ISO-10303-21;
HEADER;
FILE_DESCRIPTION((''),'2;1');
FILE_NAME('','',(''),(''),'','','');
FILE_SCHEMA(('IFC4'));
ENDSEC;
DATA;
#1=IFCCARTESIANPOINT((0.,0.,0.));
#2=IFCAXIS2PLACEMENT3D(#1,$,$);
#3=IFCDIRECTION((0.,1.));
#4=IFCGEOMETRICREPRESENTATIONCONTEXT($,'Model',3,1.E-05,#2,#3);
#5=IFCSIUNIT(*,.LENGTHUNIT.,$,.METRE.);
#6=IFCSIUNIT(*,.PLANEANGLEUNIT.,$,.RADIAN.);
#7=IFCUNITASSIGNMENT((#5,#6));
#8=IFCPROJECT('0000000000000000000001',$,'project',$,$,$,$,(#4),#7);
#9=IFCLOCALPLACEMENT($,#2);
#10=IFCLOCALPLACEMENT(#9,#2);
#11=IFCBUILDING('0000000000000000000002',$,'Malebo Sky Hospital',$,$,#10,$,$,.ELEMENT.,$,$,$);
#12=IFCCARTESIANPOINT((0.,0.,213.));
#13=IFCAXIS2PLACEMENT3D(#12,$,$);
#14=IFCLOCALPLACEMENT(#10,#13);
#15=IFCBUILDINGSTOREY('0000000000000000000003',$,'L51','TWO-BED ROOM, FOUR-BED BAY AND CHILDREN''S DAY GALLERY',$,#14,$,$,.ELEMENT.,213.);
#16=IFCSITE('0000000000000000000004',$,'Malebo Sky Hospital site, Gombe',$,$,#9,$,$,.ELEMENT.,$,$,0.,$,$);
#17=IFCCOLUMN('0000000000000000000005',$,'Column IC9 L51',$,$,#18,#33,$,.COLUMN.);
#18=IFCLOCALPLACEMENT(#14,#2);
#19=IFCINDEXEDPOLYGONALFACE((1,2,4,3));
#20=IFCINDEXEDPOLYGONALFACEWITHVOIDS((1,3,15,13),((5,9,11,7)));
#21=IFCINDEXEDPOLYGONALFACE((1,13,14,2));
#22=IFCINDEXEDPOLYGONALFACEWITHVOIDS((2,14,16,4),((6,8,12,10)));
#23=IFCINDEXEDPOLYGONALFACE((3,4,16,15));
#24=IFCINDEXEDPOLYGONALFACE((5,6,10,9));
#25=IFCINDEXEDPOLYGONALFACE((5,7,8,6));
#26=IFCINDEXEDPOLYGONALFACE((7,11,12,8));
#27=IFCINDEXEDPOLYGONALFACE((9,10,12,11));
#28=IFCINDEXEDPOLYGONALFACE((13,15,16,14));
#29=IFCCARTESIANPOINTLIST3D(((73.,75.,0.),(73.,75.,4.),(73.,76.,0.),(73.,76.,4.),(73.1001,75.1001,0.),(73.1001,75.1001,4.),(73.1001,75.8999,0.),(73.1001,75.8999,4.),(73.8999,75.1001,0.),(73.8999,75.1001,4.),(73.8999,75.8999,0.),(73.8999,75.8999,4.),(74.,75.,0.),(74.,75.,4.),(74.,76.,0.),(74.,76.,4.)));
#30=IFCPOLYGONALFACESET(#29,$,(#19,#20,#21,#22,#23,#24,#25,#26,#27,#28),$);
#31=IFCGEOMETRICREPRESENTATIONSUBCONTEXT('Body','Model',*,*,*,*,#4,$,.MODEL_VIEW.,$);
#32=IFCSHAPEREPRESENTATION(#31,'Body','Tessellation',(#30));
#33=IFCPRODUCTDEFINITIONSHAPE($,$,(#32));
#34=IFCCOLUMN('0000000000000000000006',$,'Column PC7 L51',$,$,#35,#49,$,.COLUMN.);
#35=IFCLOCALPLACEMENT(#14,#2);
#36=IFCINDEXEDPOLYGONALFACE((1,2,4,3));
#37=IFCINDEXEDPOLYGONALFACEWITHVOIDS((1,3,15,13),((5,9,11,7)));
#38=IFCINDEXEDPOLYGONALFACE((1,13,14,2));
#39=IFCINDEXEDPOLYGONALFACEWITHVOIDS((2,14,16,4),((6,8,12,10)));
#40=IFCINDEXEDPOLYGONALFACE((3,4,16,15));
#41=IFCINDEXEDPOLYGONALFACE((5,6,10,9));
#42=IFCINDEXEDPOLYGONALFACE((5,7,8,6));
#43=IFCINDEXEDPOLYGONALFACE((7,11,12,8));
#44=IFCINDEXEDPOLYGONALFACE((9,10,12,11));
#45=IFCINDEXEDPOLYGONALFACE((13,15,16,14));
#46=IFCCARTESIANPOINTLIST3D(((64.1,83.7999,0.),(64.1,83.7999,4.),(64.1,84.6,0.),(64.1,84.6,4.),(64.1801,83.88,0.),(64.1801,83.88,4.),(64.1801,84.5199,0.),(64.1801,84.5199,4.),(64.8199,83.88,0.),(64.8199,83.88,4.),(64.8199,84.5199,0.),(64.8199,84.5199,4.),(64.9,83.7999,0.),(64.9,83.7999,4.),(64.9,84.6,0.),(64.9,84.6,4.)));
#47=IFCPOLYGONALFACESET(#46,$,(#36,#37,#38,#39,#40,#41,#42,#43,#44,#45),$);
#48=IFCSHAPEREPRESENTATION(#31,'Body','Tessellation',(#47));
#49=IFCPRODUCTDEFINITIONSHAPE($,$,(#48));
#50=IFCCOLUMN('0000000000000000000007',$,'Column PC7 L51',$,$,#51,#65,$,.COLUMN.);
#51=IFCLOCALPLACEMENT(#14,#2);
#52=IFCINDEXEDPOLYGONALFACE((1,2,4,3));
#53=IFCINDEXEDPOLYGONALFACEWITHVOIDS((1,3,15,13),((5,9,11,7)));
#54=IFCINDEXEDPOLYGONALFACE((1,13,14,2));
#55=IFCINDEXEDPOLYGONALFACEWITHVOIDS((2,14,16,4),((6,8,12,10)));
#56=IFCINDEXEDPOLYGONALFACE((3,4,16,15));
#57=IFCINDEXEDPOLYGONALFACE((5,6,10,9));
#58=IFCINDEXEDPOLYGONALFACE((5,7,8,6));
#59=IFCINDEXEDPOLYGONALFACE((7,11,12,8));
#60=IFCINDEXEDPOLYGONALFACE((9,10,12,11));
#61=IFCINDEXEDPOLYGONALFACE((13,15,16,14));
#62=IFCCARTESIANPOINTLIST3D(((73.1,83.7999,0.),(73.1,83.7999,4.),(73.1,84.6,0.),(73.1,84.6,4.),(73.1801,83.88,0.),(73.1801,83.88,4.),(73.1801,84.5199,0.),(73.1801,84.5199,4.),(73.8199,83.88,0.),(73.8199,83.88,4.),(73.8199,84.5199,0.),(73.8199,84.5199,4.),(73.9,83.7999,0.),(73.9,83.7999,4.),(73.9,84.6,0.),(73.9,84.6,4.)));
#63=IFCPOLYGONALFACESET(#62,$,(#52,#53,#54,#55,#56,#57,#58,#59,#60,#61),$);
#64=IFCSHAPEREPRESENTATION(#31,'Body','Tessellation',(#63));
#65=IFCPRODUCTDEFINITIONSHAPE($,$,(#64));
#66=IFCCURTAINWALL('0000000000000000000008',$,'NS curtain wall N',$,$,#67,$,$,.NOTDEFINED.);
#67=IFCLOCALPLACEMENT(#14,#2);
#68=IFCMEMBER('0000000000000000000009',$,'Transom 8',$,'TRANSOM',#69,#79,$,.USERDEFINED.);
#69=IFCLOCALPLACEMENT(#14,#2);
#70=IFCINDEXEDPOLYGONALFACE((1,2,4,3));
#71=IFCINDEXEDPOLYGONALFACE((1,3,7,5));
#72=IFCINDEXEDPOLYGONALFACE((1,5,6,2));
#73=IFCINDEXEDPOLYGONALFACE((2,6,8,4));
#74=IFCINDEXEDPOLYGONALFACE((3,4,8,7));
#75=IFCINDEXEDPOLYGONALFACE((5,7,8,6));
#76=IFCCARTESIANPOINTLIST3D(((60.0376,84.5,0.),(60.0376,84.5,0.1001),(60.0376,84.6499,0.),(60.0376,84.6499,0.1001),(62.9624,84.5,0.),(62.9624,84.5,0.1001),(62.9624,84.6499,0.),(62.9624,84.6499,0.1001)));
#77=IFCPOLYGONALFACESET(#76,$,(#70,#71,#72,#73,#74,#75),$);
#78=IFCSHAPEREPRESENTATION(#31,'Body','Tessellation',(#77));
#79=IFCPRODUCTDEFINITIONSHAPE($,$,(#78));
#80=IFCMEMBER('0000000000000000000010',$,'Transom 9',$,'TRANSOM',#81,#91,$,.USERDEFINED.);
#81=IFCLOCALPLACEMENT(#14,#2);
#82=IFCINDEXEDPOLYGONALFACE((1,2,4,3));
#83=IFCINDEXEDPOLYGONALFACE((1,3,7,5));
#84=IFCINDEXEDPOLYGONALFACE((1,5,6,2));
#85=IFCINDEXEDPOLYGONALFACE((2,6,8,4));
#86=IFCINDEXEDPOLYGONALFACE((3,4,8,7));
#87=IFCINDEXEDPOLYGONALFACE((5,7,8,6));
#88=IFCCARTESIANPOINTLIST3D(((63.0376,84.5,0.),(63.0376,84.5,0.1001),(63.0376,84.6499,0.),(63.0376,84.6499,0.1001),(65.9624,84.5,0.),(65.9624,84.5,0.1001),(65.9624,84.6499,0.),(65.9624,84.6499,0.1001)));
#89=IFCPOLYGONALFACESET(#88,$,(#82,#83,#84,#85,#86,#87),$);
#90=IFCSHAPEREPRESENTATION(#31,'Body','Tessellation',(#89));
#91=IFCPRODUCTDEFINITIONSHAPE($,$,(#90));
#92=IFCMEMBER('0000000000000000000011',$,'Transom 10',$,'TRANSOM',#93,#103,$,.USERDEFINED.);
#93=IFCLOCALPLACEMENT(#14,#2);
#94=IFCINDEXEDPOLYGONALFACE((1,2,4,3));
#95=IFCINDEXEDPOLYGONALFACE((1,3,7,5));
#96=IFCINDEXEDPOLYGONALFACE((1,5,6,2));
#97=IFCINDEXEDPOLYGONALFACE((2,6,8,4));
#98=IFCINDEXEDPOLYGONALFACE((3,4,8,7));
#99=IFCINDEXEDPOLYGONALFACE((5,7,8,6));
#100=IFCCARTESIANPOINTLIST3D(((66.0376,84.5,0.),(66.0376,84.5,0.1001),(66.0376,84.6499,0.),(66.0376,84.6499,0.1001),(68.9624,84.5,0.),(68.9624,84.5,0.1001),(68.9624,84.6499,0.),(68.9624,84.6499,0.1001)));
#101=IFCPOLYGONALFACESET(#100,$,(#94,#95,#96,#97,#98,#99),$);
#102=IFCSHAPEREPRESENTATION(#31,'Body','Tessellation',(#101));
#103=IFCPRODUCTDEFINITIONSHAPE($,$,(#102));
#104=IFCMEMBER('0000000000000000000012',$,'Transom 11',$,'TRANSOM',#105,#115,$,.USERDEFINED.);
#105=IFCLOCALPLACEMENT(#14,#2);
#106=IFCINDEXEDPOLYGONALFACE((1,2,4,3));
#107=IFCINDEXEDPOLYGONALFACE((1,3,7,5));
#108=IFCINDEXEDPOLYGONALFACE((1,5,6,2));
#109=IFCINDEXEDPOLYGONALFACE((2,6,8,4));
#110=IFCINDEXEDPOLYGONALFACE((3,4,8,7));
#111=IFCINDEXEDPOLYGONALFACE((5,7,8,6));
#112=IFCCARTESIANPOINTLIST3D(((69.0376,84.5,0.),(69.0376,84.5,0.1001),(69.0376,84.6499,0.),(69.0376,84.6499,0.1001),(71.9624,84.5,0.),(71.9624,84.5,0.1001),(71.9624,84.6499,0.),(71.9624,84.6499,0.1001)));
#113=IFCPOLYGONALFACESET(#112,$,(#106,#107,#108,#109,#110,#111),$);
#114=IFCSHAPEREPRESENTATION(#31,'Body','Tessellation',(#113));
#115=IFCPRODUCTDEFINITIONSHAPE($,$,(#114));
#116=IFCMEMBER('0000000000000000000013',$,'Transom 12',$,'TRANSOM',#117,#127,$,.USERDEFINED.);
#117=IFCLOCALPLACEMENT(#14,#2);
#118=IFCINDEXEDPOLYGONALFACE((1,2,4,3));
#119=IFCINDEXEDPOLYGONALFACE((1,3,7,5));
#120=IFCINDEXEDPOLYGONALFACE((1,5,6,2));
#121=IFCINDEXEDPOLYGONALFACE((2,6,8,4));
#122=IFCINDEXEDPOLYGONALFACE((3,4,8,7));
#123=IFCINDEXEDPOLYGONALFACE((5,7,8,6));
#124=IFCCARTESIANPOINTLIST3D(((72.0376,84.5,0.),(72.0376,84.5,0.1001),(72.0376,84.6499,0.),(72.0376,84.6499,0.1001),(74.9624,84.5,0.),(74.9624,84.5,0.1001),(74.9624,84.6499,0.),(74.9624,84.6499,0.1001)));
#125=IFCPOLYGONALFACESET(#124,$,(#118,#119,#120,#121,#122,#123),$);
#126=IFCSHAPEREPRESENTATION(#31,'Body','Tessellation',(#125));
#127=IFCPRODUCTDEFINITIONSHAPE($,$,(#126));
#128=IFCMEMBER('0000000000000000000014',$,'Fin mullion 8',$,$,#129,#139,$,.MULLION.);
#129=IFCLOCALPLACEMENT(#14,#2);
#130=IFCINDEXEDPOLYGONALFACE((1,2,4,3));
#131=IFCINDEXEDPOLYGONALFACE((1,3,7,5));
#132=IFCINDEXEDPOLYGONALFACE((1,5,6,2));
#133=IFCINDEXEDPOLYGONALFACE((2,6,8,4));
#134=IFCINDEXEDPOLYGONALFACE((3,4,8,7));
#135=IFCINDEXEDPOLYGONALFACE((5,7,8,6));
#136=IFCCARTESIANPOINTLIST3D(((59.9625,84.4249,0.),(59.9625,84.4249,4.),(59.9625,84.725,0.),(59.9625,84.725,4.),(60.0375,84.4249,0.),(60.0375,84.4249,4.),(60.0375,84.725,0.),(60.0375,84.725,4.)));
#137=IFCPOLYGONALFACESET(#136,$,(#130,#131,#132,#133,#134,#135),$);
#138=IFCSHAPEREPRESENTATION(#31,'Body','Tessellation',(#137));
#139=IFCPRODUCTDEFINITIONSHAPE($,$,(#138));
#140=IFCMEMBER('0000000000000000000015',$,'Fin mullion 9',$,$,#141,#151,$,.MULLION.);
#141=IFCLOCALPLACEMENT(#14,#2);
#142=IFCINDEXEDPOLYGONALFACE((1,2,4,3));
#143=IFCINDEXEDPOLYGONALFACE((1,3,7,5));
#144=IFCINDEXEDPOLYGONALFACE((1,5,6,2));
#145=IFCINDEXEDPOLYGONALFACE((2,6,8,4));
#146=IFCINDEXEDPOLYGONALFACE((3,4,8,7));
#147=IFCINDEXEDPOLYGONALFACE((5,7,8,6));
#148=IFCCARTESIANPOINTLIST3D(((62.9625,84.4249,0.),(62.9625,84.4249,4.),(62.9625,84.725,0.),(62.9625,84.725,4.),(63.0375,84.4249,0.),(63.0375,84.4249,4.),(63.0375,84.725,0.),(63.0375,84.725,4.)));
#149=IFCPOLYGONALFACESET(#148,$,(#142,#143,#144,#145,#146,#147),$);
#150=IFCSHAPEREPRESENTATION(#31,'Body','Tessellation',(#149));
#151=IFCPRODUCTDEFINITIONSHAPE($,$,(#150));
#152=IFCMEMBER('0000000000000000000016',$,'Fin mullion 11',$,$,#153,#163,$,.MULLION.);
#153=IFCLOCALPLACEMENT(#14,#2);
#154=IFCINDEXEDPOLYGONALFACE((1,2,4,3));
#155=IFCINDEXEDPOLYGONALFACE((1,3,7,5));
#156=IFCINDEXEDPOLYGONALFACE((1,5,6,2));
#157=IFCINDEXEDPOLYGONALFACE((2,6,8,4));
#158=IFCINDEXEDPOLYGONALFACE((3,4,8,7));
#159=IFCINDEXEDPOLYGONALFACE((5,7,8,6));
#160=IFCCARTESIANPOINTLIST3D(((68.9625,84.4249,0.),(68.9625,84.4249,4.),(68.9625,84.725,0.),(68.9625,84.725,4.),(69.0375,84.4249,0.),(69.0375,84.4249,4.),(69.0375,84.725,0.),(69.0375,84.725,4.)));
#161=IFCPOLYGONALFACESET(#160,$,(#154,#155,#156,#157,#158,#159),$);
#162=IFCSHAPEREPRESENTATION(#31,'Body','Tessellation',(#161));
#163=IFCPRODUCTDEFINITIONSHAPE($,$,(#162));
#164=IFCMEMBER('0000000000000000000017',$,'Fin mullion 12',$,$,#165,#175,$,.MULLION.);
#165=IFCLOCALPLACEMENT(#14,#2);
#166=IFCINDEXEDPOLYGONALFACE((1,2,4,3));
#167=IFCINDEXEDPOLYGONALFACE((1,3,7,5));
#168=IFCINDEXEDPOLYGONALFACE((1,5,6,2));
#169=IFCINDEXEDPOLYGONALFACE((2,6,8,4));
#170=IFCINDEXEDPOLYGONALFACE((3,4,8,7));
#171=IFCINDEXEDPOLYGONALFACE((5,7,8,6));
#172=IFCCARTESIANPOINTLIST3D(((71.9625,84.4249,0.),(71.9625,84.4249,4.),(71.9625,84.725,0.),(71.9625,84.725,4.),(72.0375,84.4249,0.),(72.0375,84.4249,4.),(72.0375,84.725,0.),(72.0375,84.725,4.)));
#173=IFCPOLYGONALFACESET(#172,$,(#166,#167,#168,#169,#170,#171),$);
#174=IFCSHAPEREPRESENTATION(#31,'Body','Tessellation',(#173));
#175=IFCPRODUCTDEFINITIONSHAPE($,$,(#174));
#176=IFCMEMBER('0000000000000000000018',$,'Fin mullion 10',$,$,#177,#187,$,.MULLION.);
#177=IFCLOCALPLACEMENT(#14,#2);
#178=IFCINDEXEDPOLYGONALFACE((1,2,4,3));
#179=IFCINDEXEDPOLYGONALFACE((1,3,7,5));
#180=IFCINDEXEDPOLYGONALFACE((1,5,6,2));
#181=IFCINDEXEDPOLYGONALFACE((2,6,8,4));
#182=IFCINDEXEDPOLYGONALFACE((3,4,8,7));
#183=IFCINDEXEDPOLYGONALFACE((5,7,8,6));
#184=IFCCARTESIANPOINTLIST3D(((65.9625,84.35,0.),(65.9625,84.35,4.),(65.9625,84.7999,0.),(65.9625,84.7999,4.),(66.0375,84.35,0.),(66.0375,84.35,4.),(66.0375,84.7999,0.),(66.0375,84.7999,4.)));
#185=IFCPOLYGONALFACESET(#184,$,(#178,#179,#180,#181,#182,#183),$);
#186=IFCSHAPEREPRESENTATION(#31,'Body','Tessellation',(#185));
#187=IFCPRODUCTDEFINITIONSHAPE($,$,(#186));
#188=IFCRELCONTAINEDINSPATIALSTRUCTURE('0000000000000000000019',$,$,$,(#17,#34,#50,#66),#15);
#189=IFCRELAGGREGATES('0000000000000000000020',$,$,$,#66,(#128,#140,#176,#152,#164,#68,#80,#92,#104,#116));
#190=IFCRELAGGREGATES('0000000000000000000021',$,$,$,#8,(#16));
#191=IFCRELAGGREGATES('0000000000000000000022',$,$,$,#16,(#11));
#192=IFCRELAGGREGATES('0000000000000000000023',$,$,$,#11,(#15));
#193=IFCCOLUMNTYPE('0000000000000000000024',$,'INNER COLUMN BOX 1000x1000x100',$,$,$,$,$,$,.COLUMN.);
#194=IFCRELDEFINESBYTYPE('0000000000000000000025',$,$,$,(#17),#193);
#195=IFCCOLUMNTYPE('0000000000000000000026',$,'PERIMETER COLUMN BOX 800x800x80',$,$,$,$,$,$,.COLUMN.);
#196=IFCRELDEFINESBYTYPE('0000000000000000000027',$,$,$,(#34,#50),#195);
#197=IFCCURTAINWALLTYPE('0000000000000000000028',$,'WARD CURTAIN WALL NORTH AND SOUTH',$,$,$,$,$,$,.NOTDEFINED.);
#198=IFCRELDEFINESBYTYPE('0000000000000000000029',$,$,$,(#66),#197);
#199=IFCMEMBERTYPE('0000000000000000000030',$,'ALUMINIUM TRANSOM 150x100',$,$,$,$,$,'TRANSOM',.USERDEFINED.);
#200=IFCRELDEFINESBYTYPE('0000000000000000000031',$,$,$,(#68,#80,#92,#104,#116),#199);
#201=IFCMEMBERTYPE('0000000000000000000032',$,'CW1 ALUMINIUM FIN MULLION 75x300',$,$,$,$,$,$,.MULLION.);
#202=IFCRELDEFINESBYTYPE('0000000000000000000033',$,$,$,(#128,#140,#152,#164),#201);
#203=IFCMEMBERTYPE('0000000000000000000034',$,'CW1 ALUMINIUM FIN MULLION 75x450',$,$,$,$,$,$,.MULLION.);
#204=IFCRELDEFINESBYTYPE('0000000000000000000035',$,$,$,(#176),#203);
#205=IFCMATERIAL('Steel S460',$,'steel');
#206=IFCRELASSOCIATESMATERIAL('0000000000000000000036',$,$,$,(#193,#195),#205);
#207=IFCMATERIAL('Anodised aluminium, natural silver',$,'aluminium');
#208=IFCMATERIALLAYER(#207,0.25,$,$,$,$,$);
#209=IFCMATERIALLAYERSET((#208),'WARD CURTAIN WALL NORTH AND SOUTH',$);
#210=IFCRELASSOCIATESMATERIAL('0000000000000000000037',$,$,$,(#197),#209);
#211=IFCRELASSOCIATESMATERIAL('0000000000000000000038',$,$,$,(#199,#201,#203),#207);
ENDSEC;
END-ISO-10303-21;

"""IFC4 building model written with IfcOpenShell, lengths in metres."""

from ifc_helpers import new_model, si_unit, direction, frame, origin, origin_2d, place, context, subcontext, project, spatial, rectangle, hollow_rectangle, extrude, material, layer, layer_set, material_profile, profile_set, type_object, element, aggregate, save


model = new_model("IFC4")

# Units and contexts
model_context = context("Model", 3, precision=1e-05, world=origin(), true_north=direction((0.0, 1.0)))
body_context = subcontext(model_context, "Body", "Model", "MODEL_VIEW")
ifc_project = project(units=[si_unit("LENGTHUNIT", "METRE"), si_unit("PLANEANGLEUNIT", "RADIAN")], contexts=[model_context])

# Site, building, storey
site_placement = place(None, origin())
site = spatial("IfcSite", under=ifc_project, at=site_placement, Name="Malebo Sky Hospital site, Gombe", CompositionType="ELEMENT", RefElevation=0.0)
building_placement = place(site_placement, origin())
building = spatial("IfcBuilding", under=site, at=building_placement, Name="Malebo Sky Hospital", CompositionType="ELEMENT")
storey_placement = place(building_placement, frame((0.0, 0.0, 213.0)))
storey = spatial("IfcBuildingStorey", under=building, at=storey_placement, Name="L51", Description="TWO-BED ROOM, FOUR-BED BAY AND CHILDREN'S DAY GALLERY", CompositionType="ELEMENT", Elevation=213.0)

# Columns
ifc_material_1 = material(Name="Steel S460", Category="steel")
ifc_material_profile_1 = material_profile(ifc_material_1, hollow_rectangle(XDim=1.0, YDim=1.0, WallThickness=0.1001, at=origin_2d()), Name="BOX 1000x1000x100")
ifc_profile_set_1 = profile_set([ifc_material_profile_1], Name="Steel S460")
column_type_1 = type_object("IfcColumnType", Name="INNER COLUMN BOX 1000x1000x100", PredefinedType="COLUMN", material=ifc_profile_set_1)
column_placement = place(storey_placement, frame((73.5, 75.5, 0.0), z_axis=(0.0, 0.0, 1.0), x_axis=(1.0, 0.0, 0.0)))
element("IfcColumn", 1, at=column_placement, inside=storey, type_object=column_type_1, Name="Column IC9 L51", PredefinedType="COLUMN", context=body_context, shape_type="SweptSolid", body=[
    extrude(hollow_rectangle(XDim=1.0, YDim=1.0, WallThickness=0.1001, at=origin_2d()), origin(), (0.0, 0.0, 1.0), 4.0),
])
ifc_material_profile_2 = material_profile(ifc_material_1, hollow_rectangle(XDim=0.8, YDim=0.8, WallThickness=0.0801, at=origin_2d()), Name="BOX 800x800x80")
ifc_profile_set_2 = profile_set([ifc_material_profile_2], Name="Steel S460")
column_type_2 = type_object("IfcColumnType", Name="PERIMETER COLUMN BOX 800x800x80", PredefinedType="COLUMN", material=ifc_profile_set_2)
for number, where, z_axis, x_axis, name in (
    (2, (64.5, 84.2, 0.0), (0.0, 0.0, 1.0), (1.0, 0.0, 0.0), "Column PC7 L51"),
    (3, (73.5, 84.2, 0.0), (0.0, 0.0, 1.0), (1.0, 0.0, 0.0), "Column PC7 L51"),
):
    element("IfcColumn", number, at=place(storey_placement, frame(where, z_axis=z_axis, x_axis=x_axis)), inside=storey, type_object=column_type_2, Name=name, PredefinedType="COLUMN", context=body_context, shape_type="SweptSolid", body=[
        extrude(hollow_rectangle(XDim=0.8, YDim=0.8, WallThickness=0.0801, at=origin_2d()), origin(), (0.0, 0.0, 1.0), 4.0),
    ])

# Curtain wall, members
ifc_material_2 = material(Name="Anodised aluminium, natural silver", Category="aluminium")
ifc_layer_1 = layer(ifc_material_2, 0.25)
ifc_layer_set_1 = layer_set([ifc_layer_1], Name="WARD CURTAIN WALL NORTH AND SOUTH")
curtain_wall_type = type_object("IfcCurtainWallType", Name="WARD CURTAIN WALL NORTH AND SOUTH", PredefinedType="NOTDEFINED", material=ifc_layer_set_1)
curtain_wall_placement = place(storey_placement, origin())
curtain_wall = element("IfcCurtainWall", 4, at=curtain_wall_placement, inside=storey, type_object=curtain_wall_type, Name="NS curtain wall N", PredefinedType="NOTDEFINED")
ifc_material_profile_3 = material_profile(ifc_material_2, rectangle(XDim=0.1499, YDim=0.1001, at=origin_2d()), Name="ALUMINIUM TRANSOM 150x100")
ifc_profile_set_3 = profile_set([ifc_material_profile_3], Name="Anodised aluminium, natural silver")
member_type_1 = type_object("IfcMemberType", Name="ALUMINIUM TRANSOM 150x100", ElementType="TRANSOM", PredefinedType="USERDEFINED", material=ifc_profile_set_3)
member_1_placement = place(storey_placement, frame((60.0376, 84.575, 0.05), z_axis=(1.0, 0.0, 0.0), x_axis=(0.0, 1.0, 0.0)))
member_1 = element("IfcMember", 5, at=member_1_placement, type_object=member_type_1, Name="Transom 8", ObjectType="TRANSOM", PredefinedType="USERDEFINED", context=body_context, shape_type="SweptSolid", body=[
    extrude(rectangle(XDim=0.1499, YDim=0.1001, at=origin_2d()), origin(), (0.0, 0.0, 1.0), 2.9248),
])
member_2_placement = place(storey_placement, frame((63.0376, 84.575, 0.05), z_axis=(1.0, 0.0, 0.0), x_axis=(0.0, 1.0, 0.0)))
member_2 = element("IfcMember", 6, at=member_2_placement, type_object=member_type_1, Name="Transom 9", ObjectType="TRANSOM", PredefinedType="USERDEFINED", context=body_context, shape_type="SweptSolid", body=[
    extrude(rectangle(XDim=0.1499, YDim=0.1001, at=origin_2d()), origin(), (0.0, 0.0, 1.0), 2.9248),
])
member_3_placement = place(storey_placement, frame((66.0376, 84.575, 0.05), z_axis=(1.0, 0.0, 0.0), x_axis=(0.0, 1.0, 0.0)))
member_3 = element("IfcMember", 7, at=member_3_placement, type_object=member_type_1, Name="Transom 10", ObjectType="TRANSOM", PredefinedType="USERDEFINED", context=body_context, shape_type="SweptSolid", body=[
    extrude(rectangle(XDim=0.1499, YDim=0.1001, at=origin_2d()), origin(), (0.0, 0.0, 1.0), 2.9248),
])
member_4_placement = place(storey_placement, frame((69.0376, 84.575, 0.05), z_axis=(1.0, 0.0, 0.0), x_axis=(0.0, 1.0, 0.0)))
member_4 = element("IfcMember", 8, at=member_4_placement, type_object=member_type_1, Name="Transom 11", ObjectType="TRANSOM", PredefinedType="USERDEFINED", context=body_context, shape_type="SweptSolid", body=[
    extrude(rectangle(XDim=0.1499, YDim=0.1001, at=origin_2d()), origin(), (0.0, 0.0, 1.0), 2.9248),
])
member_5_placement = place(storey_placement, frame((72.0376, 84.575, 0.05), z_axis=(1.0, 0.0, 0.0), x_axis=(0.0, 1.0, 0.0)))
member_5 = element("IfcMember", 9, at=member_5_placement, type_object=member_type_1, Name="Transom 12", ObjectType="TRANSOM", PredefinedType="USERDEFINED", context=body_context, shape_type="SweptSolid", body=[
    extrude(rectangle(XDim=0.1499, YDim=0.1001, at=origin_2d()), origin(), (0.0, 0.0, 1.0), 2.9248),
])
ifc_material_profile_4 = material_profile(ifc_material_2, rectangle(XDim=0.075, YDim=0.3, at=origin_2d()), Name="CW1 ALUMINIUM FIN MULLION 75x300")
ifc_profile_set_4 = profile_set([ifc_material_profile_4], Name="Anodised aluminium, natural silver")
member_type_2 = type_object("IfcMemberType", Name="CW1 ALUMINIUM FIN MULLION 75x300", PredefinedType="MULLION", material=ifc_profile_set_4)
member_6_placement = place(storey_placement, frame((60.0, 84.575, 0.0), z_axis=(0.0, 0.0, 1.0), x_axis=(1.0, 0.0, 0.0)))
member_6 = element("IfcMember", 10, at=member_6_placement, type_object=member_type_2, Name="Fin mullion 8", PredefinedType="MULLION", context=body_context, shape_type="SweptSolid", body=[
    extrude(rectangle(XDim=0.075, YDim=0.3, at=origin_2d()), origin(), (0.0, 0.0, 1.0), 4.0),
])
member_7_placement = place(storey_placement, frame((63.0, 84.575, 0.0), z_axis=(0.0, 0.0, 1.0), x_axis=(1.0, 0.0, 0.0)))
member_7 = element("IfcMember", 11, at=member_7_placement, type_object=member_type_2, Name="Fin mullion 9", PredefinedType="MULLION", context=body_context, shape_type="SweptSolid", body=[
    extrude(rectangle(XDim=0.075, YDim=0.3, at=origin_2d()), origin(), (0.0, 0.0, 1.0), 4.0),
])
member_8_placement = place(storey_placement, frame((69.0, 84.575, 0.0), z_axis=(0.0, 0.0, 1.0), x_axis=(1.0, 0.0, 0.0)))
member_8 = element("IfcMember", 12, at=member_8_placement, type_object=member_type_2, Name="Fin mullion 11", PredefinedType="MULLION", context=body_context, shape_type="SweptSolid", body=[
    extrude(rectangle(XDim=0.075, YDim=0.3, at=origin_2d()), origin(), (0.0, 0.0, 1.0), 4.0),
])
member_9_placement = place(storey_placement, frame((72.0, 84.575, 0.0), z_axis=(0.0, 0.0, 1.0), x_axis=(1.0, 0.0, 0.0)))
member_9 = element("IfcMember", 13, at=member_9_placement, type_object=member_type_2, Name="Fin mullion 12", PredefinedType="MULLION", context=body_context, shape_type="SweptSolid", body=[
    extrude(rectangle(XDim=0.075, YDim=0.3, at=origin_2d()), origin(), (0.0, 0.0, 1.0), 4.0),
])
ifc_material_profile_5 = material_profile(ifc_material_2, rectangle(XDim=0.075, YDim=0.45, at=origin_2d()), Name="CW1 ALUMINIUM FIN MULLION 75x450")
ifc_profile_set_5 = profile_set([ifc_material_profile_5], Name="Anodised aluminium, natural silver")
member_type_3 = type_object("IfcMemberType", Name="CW1 ALUMINIUM FIN MULLION 75x450", PredefinedType="MULLION", material=ifc_profile_set_5)
member_10_placement = place(storey_placement, frame((66.0, 84.575, 0.0), z_axis=(0.0, 0.0, 1.0), x_axis=(1.0, 0.0, 0.0)))
member_10 = element("IfcMember", 14, at=member_10_placement, type_object=member_type_3, Name="Fin mullion 10", PredefinedType="MULLION", context=body_context, shape_type="SweptSolid", body=[
    extrude(rectangle(XDim=0.075, YDim=0.45, at=origin_2d()), origin(), (0.0, 0.0, 1.0), 4.0),
])

aggregate(curtain_wall, [member_6, member_7, member_10, member_8, member_9, member_1, member_2, member_3, member_4, member_5])

save(model, "model.ifc")
